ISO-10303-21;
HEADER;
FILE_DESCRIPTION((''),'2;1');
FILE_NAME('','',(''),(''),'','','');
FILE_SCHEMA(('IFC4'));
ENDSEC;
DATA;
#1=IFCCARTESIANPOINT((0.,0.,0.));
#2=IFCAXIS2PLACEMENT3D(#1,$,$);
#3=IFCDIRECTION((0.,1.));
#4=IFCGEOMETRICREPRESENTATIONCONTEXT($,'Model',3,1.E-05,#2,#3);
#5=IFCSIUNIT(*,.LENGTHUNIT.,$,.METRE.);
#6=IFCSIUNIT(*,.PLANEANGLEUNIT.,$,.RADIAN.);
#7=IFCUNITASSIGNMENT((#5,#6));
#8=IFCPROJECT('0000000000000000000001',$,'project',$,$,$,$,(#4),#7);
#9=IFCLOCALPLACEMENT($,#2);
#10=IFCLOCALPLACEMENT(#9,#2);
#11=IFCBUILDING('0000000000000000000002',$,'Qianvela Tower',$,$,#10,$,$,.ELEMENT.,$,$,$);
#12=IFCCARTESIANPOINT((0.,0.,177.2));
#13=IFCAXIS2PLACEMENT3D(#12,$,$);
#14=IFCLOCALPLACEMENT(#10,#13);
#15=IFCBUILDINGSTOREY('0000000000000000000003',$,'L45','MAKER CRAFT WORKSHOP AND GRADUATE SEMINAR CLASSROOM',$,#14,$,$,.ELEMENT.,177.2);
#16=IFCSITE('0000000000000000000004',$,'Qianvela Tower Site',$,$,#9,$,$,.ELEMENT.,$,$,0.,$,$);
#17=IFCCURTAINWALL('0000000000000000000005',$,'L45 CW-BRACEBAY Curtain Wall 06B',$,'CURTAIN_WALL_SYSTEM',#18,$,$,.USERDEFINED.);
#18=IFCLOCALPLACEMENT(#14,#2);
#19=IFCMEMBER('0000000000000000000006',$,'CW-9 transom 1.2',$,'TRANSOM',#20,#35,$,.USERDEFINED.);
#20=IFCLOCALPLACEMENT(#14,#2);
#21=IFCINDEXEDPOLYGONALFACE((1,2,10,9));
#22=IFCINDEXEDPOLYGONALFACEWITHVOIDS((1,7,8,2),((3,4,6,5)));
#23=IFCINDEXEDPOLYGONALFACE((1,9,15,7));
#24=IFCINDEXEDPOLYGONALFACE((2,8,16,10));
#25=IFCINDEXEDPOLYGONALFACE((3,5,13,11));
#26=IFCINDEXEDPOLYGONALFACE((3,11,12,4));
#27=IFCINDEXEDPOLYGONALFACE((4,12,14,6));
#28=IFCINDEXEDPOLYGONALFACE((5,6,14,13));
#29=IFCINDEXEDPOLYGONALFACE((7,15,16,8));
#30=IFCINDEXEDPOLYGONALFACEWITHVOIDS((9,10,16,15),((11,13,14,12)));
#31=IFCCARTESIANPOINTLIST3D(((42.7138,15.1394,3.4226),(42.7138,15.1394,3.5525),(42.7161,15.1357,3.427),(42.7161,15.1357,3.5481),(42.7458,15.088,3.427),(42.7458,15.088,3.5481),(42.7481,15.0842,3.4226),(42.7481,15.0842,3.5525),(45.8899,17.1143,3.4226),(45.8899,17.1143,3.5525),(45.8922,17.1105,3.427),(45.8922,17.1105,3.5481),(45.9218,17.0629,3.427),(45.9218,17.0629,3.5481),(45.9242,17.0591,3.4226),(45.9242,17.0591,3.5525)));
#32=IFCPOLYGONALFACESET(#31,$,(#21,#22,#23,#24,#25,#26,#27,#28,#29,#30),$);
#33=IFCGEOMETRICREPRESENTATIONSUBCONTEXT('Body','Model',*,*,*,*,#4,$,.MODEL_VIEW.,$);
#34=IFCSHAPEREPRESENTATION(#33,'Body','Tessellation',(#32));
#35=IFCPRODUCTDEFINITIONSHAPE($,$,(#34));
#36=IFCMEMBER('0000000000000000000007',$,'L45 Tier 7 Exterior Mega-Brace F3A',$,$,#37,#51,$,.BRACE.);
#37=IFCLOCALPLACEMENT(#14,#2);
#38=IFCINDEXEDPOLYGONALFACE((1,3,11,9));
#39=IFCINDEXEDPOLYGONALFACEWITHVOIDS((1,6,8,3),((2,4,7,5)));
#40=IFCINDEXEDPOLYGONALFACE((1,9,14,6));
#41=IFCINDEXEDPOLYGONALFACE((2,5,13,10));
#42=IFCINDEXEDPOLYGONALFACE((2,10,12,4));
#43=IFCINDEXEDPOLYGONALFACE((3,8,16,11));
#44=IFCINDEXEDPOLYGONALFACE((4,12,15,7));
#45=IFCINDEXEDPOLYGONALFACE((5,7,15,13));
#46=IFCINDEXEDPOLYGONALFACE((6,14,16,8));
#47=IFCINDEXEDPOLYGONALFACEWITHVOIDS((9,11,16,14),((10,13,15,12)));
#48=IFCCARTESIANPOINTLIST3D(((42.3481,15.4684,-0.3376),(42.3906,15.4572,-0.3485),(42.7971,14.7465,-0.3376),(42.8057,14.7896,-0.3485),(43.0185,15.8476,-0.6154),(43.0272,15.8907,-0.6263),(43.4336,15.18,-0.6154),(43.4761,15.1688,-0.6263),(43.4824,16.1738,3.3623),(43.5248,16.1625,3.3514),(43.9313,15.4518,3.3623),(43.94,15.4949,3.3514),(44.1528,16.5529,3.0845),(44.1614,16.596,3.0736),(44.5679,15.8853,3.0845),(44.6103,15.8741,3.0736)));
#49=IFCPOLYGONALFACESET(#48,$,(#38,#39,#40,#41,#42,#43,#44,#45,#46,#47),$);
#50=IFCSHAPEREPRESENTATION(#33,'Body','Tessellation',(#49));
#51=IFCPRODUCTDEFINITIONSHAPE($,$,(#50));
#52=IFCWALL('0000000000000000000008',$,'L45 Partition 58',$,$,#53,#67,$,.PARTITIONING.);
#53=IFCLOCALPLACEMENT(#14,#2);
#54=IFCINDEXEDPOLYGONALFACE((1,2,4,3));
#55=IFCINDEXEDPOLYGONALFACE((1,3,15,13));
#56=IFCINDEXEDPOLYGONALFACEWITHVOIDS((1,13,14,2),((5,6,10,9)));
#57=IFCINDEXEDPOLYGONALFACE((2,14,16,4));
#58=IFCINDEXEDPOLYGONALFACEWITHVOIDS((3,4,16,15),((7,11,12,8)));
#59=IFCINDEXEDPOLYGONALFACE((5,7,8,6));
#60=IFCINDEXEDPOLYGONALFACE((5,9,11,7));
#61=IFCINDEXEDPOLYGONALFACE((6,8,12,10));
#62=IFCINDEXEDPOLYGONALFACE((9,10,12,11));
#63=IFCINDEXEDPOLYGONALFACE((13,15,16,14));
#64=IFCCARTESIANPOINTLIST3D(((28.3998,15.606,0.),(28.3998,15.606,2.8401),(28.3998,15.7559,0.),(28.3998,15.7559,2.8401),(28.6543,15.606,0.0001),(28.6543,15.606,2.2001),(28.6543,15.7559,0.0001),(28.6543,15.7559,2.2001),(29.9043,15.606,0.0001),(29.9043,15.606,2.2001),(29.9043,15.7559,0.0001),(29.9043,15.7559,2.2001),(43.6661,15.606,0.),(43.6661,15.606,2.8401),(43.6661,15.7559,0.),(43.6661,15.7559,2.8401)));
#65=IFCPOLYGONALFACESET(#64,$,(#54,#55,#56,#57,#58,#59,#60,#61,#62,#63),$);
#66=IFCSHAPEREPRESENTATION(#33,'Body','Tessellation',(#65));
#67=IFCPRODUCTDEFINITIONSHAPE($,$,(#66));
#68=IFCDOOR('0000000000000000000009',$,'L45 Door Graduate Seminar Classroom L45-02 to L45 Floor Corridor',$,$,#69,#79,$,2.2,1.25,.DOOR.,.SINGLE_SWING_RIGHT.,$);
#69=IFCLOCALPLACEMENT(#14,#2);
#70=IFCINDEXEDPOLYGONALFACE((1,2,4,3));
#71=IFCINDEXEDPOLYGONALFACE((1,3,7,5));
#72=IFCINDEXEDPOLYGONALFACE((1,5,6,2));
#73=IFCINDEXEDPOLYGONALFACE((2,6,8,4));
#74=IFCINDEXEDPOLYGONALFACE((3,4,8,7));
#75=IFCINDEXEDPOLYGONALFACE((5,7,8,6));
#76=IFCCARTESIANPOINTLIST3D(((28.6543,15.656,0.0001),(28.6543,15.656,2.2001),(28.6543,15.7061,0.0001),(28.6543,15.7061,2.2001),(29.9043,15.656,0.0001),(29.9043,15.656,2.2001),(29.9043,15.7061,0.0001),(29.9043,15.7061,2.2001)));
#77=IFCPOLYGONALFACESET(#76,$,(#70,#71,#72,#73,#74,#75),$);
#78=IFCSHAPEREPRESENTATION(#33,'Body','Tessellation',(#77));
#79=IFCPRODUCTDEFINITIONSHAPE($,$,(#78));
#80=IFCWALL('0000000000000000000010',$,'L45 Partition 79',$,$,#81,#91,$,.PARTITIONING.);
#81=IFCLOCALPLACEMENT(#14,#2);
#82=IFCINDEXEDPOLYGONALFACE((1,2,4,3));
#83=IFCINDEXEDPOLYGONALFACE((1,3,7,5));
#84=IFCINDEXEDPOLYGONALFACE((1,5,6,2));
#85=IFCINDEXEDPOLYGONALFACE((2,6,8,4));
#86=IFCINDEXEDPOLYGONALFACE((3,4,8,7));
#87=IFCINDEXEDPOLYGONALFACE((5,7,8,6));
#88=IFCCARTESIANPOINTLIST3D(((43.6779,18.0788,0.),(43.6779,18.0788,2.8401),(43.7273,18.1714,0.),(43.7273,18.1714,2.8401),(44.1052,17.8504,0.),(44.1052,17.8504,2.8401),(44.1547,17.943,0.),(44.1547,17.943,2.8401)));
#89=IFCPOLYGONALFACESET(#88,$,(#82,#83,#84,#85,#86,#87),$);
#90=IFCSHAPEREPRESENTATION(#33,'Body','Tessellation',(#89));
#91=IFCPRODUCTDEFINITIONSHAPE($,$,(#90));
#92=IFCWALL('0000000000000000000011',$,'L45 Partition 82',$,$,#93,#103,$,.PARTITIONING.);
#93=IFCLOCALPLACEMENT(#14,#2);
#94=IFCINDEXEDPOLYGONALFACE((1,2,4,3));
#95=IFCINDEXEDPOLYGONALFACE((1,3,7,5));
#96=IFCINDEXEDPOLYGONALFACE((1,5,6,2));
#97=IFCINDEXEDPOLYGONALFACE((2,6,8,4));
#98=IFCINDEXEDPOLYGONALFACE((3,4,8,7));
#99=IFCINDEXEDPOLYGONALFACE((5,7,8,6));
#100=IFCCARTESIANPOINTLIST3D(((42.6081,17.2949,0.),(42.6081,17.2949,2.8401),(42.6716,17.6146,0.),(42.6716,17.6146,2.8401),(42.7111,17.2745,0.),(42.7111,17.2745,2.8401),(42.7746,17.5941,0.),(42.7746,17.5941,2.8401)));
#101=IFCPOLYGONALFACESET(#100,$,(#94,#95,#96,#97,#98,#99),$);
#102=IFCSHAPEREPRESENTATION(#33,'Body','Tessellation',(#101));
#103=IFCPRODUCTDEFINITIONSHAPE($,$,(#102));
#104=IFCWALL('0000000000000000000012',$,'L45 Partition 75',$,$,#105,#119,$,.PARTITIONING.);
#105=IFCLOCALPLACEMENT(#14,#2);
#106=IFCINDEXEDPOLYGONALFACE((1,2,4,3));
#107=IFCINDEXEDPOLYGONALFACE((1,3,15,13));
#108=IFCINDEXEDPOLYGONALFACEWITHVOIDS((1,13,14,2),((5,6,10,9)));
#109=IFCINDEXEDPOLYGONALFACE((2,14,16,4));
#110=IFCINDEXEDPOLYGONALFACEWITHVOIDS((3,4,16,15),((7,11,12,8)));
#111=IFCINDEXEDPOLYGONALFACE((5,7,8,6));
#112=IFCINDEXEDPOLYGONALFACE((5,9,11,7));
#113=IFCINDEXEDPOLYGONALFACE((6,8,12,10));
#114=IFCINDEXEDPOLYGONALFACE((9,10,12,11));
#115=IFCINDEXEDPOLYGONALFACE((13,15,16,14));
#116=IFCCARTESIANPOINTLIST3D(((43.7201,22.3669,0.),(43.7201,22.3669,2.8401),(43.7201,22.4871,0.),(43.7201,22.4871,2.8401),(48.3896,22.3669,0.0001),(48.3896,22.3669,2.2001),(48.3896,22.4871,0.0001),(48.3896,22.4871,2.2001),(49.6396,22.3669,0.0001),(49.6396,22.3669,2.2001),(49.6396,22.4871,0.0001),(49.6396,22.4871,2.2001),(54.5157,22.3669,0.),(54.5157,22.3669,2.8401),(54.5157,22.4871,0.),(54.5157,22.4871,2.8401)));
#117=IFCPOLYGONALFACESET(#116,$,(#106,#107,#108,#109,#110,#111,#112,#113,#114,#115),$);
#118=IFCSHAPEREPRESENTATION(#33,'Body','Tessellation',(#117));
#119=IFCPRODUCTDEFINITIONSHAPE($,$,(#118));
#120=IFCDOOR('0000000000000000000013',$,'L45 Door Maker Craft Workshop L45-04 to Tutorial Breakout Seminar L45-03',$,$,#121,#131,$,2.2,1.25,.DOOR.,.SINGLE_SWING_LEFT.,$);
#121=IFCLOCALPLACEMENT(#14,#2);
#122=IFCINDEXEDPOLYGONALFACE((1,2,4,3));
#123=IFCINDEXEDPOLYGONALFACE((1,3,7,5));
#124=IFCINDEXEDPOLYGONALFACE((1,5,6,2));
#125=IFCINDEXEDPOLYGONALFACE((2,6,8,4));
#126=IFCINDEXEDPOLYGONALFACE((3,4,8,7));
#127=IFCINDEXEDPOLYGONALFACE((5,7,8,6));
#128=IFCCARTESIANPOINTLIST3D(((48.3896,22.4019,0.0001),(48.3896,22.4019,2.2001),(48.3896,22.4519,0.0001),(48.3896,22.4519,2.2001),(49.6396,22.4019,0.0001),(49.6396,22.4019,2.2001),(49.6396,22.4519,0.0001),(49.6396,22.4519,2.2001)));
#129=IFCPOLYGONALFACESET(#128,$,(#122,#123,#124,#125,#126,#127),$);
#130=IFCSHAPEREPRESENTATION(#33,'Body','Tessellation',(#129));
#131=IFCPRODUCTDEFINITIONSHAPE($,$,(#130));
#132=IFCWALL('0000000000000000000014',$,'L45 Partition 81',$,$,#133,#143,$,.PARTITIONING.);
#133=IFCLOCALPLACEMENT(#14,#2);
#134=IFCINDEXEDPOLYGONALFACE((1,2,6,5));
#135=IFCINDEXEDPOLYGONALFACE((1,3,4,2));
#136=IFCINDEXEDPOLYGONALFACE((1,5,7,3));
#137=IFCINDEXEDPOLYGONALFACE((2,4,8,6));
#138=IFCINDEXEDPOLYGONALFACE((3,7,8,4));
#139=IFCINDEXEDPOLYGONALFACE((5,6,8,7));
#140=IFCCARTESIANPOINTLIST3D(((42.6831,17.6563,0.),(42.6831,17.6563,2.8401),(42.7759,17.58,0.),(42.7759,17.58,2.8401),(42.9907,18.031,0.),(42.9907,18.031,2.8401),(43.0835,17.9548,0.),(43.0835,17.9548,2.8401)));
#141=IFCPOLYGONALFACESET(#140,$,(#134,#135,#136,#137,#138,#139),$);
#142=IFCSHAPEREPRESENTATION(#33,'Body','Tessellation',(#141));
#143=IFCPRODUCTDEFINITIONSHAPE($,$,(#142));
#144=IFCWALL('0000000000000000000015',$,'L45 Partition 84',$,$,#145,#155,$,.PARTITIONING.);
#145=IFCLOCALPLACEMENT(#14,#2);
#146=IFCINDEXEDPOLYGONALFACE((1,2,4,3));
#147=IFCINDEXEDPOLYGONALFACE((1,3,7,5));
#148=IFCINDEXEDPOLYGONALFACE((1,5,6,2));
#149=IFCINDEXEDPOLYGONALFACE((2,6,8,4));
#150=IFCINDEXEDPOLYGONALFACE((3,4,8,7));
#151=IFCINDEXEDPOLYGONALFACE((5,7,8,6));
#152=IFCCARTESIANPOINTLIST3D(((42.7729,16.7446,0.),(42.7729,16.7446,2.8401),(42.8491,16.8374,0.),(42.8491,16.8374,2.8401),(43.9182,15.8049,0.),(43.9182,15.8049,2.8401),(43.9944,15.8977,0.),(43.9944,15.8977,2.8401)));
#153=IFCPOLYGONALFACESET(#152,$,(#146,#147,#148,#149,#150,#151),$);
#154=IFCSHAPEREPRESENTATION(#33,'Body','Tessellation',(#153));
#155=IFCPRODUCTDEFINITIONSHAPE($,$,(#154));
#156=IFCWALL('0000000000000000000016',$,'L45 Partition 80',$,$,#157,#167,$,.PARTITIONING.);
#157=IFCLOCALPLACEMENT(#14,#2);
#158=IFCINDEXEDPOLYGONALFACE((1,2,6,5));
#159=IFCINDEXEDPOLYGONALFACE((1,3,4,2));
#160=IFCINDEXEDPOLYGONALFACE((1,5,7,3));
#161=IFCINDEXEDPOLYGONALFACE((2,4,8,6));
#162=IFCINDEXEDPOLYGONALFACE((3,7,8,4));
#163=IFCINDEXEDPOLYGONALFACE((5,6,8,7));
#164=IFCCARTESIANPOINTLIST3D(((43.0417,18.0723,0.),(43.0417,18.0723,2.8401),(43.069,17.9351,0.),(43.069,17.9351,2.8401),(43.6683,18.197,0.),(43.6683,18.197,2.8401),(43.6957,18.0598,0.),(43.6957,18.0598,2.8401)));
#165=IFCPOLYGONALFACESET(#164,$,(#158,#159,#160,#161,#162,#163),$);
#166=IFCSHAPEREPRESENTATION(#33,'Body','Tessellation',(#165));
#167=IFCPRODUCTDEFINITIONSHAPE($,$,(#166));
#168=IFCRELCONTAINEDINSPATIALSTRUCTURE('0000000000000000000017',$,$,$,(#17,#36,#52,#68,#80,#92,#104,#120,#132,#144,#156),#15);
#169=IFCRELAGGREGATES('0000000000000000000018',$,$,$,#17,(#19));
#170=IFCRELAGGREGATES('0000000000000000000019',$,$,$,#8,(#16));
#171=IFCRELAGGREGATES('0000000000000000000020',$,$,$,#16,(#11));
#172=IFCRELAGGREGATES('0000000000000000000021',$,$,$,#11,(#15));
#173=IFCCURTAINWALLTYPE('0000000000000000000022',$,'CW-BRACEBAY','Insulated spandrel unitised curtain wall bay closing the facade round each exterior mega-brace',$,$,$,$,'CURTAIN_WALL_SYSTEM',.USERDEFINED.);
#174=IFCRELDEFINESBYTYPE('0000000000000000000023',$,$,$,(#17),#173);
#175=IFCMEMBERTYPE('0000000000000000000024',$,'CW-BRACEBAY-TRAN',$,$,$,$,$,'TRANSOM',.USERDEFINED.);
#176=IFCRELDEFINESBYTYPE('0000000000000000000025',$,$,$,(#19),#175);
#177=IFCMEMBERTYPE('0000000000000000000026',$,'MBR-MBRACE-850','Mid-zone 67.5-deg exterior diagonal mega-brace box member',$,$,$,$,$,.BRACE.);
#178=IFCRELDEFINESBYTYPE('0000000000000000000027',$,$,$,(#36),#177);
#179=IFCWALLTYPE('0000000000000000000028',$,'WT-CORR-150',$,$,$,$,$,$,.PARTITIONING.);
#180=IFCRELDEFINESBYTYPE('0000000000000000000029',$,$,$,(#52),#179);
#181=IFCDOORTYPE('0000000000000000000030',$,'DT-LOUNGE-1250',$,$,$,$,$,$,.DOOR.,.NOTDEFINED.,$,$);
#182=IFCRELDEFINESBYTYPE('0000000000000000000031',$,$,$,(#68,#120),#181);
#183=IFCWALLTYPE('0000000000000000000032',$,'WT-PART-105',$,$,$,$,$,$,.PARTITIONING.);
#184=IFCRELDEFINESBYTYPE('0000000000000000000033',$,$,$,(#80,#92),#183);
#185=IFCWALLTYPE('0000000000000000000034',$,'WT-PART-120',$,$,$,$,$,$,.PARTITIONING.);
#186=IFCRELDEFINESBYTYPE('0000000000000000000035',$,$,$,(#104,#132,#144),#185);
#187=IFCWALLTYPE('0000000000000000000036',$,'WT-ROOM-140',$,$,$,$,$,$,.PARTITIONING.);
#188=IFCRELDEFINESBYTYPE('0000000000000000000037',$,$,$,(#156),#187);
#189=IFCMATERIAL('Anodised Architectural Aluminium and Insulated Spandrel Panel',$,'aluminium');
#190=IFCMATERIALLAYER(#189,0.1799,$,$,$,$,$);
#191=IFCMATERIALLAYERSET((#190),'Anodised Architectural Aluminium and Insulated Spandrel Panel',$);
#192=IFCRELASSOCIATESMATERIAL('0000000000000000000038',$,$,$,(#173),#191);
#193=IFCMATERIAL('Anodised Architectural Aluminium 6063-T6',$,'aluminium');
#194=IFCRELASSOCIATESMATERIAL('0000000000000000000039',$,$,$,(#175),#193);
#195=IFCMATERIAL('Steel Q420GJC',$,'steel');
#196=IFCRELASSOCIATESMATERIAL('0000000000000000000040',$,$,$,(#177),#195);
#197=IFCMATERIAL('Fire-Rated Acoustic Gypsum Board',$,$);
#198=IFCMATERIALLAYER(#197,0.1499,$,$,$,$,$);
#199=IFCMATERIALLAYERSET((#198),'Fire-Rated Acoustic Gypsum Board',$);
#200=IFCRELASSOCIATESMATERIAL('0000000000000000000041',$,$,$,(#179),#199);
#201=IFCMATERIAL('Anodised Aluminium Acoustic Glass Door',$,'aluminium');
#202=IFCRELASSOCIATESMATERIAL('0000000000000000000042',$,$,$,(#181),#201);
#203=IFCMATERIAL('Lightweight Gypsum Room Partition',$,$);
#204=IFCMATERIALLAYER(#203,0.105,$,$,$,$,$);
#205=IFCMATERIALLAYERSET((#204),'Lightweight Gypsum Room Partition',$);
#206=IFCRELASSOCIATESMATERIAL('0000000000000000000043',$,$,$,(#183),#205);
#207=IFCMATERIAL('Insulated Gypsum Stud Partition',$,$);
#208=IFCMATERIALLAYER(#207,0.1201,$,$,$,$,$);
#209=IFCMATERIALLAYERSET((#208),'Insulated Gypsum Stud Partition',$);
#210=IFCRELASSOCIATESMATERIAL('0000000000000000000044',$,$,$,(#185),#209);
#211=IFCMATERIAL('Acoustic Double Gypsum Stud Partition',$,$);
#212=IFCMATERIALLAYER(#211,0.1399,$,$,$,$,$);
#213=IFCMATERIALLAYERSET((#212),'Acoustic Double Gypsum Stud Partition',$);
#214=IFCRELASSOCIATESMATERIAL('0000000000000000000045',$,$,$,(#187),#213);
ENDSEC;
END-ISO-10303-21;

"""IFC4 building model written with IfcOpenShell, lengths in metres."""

from ifc_helpers import new_model, si_unit, direction, frame, frame_2d, origin, origin_2d, place, context, subcontext, project, spatial, rectangle, hollow_rectangle, extrude, material, layer, layer_set, material_profile, profile_set, type_object, element, fill, aggregate, save


model = new_model("IFC4")

# Units and contexts
model_context = context("Model", 3, precision=1e-05, world=origin(), true_north=direction((0.0, 1.0)))
body_context = subcontext(model_context, "Body", "Model", "MODEL_VIEW")
ifc_project = project(units=[si_unit("LENGTHUNIT", "METRE"), si_unit("PLANEANGLEUNIT", "RADIAN")], contexts=[model_context])

# Site, building, storey
site_placement = place(None, origin())
site = spatial("IfcSite", under=ifc_project, at=site_placement, Name="Qianvela Tower Site", CompositionType="ELEMENT", RefElevation=0.0)
building_placement = place(site_placement, origin())
building = spatial("IfcBuilding", under=site, at=building_placement, Name="Qianvela Tower", CompositionType="ELEMENT")
storey_placement = place(building_placement, frame((0.0, 0.0, 177.2)))
storey = spatial("IfcBuildingStorey", under=building, at=storey_placement, Name="L45", Description="MAKER CRAFT WORKSHOP AND GRADUATE SEMINAR CLASSROOM", CompositionType="ELEMENT", Elevation=177.2)

# Curtain wall, member
ifc_material_1 = material(Name="Anodised Architectural Aluminium and Insulated Spandrel Panel", Category="aluminium")
ifc_layer_1 = layer(ifc_material_1, 0.1799)
ifc_layer_set_1 = layer_set([ifc_layer_1], Name="Anodised Architectural Aluminium and Insulated Spandrel Panel")
curtain_wall_type = type_object("IfcCurtainWallType", Name="CW-BRACEBAY", Description="Insulated spandrel unitised curtain wall bay closing the facade round each exterior mega-brace", ElementType="CURTAIN_WALL_SYSTEM", PredefinedType="USERDEFINED", material=ifc_layer_set_1)
curtain_wall_placement = place(storey_placement, origin())
curtain_wall = element("IfcCurtainWall", 1, at=curtain_wall_placement, inside=storey, type_object=curtain_wall_type, Name="L45 CW-BRACEBAY Curtain Wall 06B", ObjectType="CURTAIN_WALL_SYSTEM", PredefinedType="USERDEFINED")
ifc_material_2 = material(Name="Anodised Architectural Aluminium 6063-T6", Category="aluminium")
ifc_material_profile_1 = material_profile(ifc_material_2, hollow_rectangle(XDim=0.0649, YDim=0.1299, WallThickness=0.0044, at=origin_2d()), Name="ALU-TRAN-65x130")
ifc_profile_set_1 = profile_set([ifc_material_profile_1], Name="Anodised Architectural Aluminium 6063-T6")
member_type_1 = type_object("IfcMemberType", Name="CW-BRACEBAY-TRAN", ElementType="TRANSOM", PredefinedType="USERDEFINED", material=ifc_profile_set_1)
member_1_placement = place(storey_placement, frame((42.731, 15.1118, 3.4875), z_axis=(0.849217, 0.528044, 0.0), x_axis=(-0.528044, 0.849217, 0.0)))
member_1 = element("IfcMember", 2, at=member_1_placement, type_object=member_type_1, Name="CW-9 transom 1.2", ObjectType="TRANSOM", PredefinedType="USERDEFINED", context=body_context, shape_type="SweptSolid", body=[
    extrude(hollow_rectangle(XDim=0.0649, YDim=0.1299, WallThickness=0.0044, at=origin_2d()), origin(), (0.0, 0.0, 1.0), 3.74),
])
aggregate(curtain_wall, [member_1])

# Member
ifc_material_3 = material(Name="Steel Q420GJC", Category="steel")
ifc_material_profile_2 = material_profile(ifc_material_3, hollow_rectangle(XDim=0.8501, YDim=0.8501, WallThickness=0.032, at=origin_2d()), Name="MBOX-850x850x32")
ifc_profile_set_2 = profile_set([ifc_material_profile_2], Name="Steel Q420GJC")
member_type_2 = type_object("IfcMemberType", Name="MBR-MBRACE-850", Description="Mid-zone 67.5-deg exterior diagonal mega-brace box member", PredefinedType="BRACE", material=ifc_profile_set_2)
member_2_placement = place(storey_placement, frame((42.9121, 15.3186, -0.4819), z_axis=(0.288351, 0.179304, 0.940587), x_axis=(-0.528059, 0.849208, 0.0)))
element("IfcMember", 3, at=member_2_placement, inside=storey, type_object=member_type_2, Name="L45 Tier 7 Exterior Mega-Brace F3A", PredefinedType="BRACE", context=body_context, shape_type="SweptSolid", body=[
    extrude(hollow_rectangle(XDim=0.8501, YDim=0.8501, WallThickness=0.032, at=origin_2d()), origin(), (0.0, 0.0, 1.0), 3.9336),
])

# Wall, opening, door
ifc_material_4 = material(Name="Fire-Rated Acoustic Gypsum Board")
ifc_layer_2 = layer(ifc_material_4, 0.1499)
ifc_layer_set_2 = layer_set([ifc_layer_2], Name="Fire-Rated Acoustic Gypsum Board")
wall_type_1 = type_object("IfcWallType", Name="WT-CORR-150", PredefinedType="PARTITIONING", material=ifc_layer_set_2)
wall_1_placement = place(storey_placement, frame((43.6663, 15.6809, 0.0), z_axis=(0.0, 0.0, 1.0), x_axis=(-1.0, 0.0, 0.0)))
wall_1 = element("IfcWall", 4, at=wall_1_placement, inside=storey, type_object=wall_type_1, Name="L45 Partition 58", PredefinedType="PARTITIONING", context=body_context, shape_type="SweptSolid", body=[
    extrude(rectangle(XDim=15.2664, YDim=0.1499, at=frame_2d((7.6333, 0.0))), origin(), (0.0, 0.0, 1.0), 2.8401),
])
opening_1_placement = place(wall_1_placement, frame((13.762, 0.0, 0.0)))
opening_1 = element("IfcOpeningElement", 5, at=opening_1_placement, cuts=wall_1, PredefinedType="OPENING", context=body_context, shape_type="SweptSolid", body=[
    extrude(rectangle(XDim=1.25, YDim=2.2, at=frame_2d((0.625, 1.1001))), frame((0.0, 0.085, 0.0), z_axis=(0.0, -1.0, 0.0), x_axis=(1.0, 0.0, 0.0)), (0.0, 0.0, 1.0), 0.1699),
])
ifc_material_5 = material(Name="Anodised Aluminium Acoustic Glass Door", Category="aluminium")
door_type = type_object("IfcDoorType", Name="DT-LOUNGE-1250", OperationType="NOTDEFINED", PredefinedType="DOOR", material=ifc_material_5)
door_1_placement = place(opening_1_placement, origin())
door_1 = element("IfcDoor", 6, at=door_1_placement, inside=storey, type_object=door_type, Name="L45 Door Graduate Seminar Classroom L45-02 to L45 Floor Corridor", OperationType="SINGLE_SWING_RIGHT", OverallHeight=2.2, OverallWidth=1.25, PredefinedType="DOOR", context=body_context, shape_type="SweptSolid", body=[
    extrude(rectangle(XDim=1.25, YDim=2.2, at=frame_2d((0.625, 1.1001))), frame((0.0, 0.0249, 0.0), z_axis=(0.0, -1.0, 0.0), x_axis=(1.0, 0.0, 0.0)), (0.0, 0.0, 1.0), 0.05),
])
fill(opening_1, door_1)

# Walls
ifc_material_6 = material(Name="Lightweight Gypsum Room Partition")
ifc_layer_3 = layer(ifc_material_6, 0.105)
ifc_layer_set_3 = layer_set([ifc_layer_3], Name="Lightweight Gypsum Room Partition")
wall_type_2 = type_object("IfcWallType", Name="WT-PART-105", PredefinedType="PARTITIONING", material=ifc_layer_set_3)
wall_2_placement = place(storey_placement, frame((44.1299, 17.8967, 0.0), z_axis=(0.0, 0.0, 1.0), x_axis=(-0.881906, 0.471425, 0.0)))
element("IfcWall", 7, at=wall_2_placement, inside=storey, type_object=wall_type_2, Name="L45 Partition 79", PredefinedType="PARTITIONING", context=body_context, shape_type="SweptSolid", body=[
    extrude(rectangle(XDim=0.4846, YDim=0.105, at=frame_2d((0.2422, 0.0))), origin(), (0.0, 0.0, 1.0), 2.8401),
])
wall_3_placement = place(storey_placement, frame((42.7231, 17.6045, 0.0), z_axis=(0.0, 0.0, 1.0), x_axis=(-0.194819, -0.980839, 0.0)))
element("IfcWall", 8, at=wall_3_placement, inside=storey, type_object=wall_type_2, Name="L45 Partition 82", PredefinedType="PARTITIONING", context=body_context, shape_type="SweptSolid", body=[
    extrude(rectangle(XDim=0.3259, YDim=0.105, at=frame_2d((0.1631, 0.0))), origin(), (0.0, 0.0, 1.0), 2.8401),
])

# Wall, opening, door
ifc_material_7 = material(Name="Insulated Gypsum Stud Partition")
ifc_layer_4 = layer(ifc_material_7, 0.1201)
ifc_layer_set_4 = layer_set([ifc_layer_4], Name="Insulated Gypsum Stud Partition")
wall_type_3 = type_object("IfcWallType", Name="WT-PART-120", PredefinedType="PARTITIONING", material=ifc_layer_set_4)
wall_4_placement = place(storey_placement, frame((43.72, 22.427, 0.0), z_axis=(0.0, 0.0, 1.0), x_axis=(1.0, 0.0, 0.0)))
wall_4 = element("IfcWall", 9, at=wall_4_placement, inside=storey, type_object=wall_type_3, Name="L45 Partition 75", PredefinedType="PARTITIONING", context=body_context, shape_type="SweptSolid", body=[
    extrude(rectangle(XDim=10.7957, YDim=0.1201, at=frame_2d((5.3979, 0.0))), origin(), (0.0, 0.0, 1.0), 2.8401),
])
opening_2_placement = place(wall_4_placement, frame((4.6697, 0.0, 0.0)))
opening_2 = element("IfcOpeningElement", 10, at=opening_2_placement, cuts=wall_4, PredefinedType="OPENING", context=body_context, shape_type="SweptSolid", body=[
    extrude(rectangle(XDim=1.25, YDim=2.2, at=frame_2d((0.625, 1.1001))), frame((0.0, 0.0701, 0.0), z_axis=(0.0, -1.0, 0.0), x_axis=(1.0, 0.0, 0.0)), (0.0, 0.0, 1.0), 0.1401),
])
door_2_placement = place(opening_2_placement, origin())
door_2 = element("IfcDoor", 11, at=door_2_placement, inside=storey, type_object=door_type, Name="L45 Door Maker Craft Workshop L45-04 to Tutorial Breakout Seminar L45-03", OperationType="SINGLE_SWING_LEFT", OverallHeight=2.2, OverallWidth=1.25, PredefinedType="DOOR", context=body_context, shape_type="SweptSolid", body=[
    extrude(rectangle(XDim=1.25, YDim=2.2, at=frame_2d((0.625, 1.1001))), frame((0.0, 0.0249, 0.0), z_axis=(0.0, -1.0, 0.0), x_axis=(1.0, 0.0, 0.0)), (0.0, 0.0, 1.0), 0.05),
])
fill(opening_2, door_2)

# Walls
wall_5_placement = place(storey_placement, frame((43.0371, 17.9929, 0.0), z_axis=(0.0, 0.0, 1.0), x_axis=(-0.634471, -0.772947, 0.0)))
element("IfcWall", 12, at=wall_5_placement, inside=storey, type_object=wall_type_3, Name="L45 Partition 81", PredefinedType="PARTITIONING", context=body_context, shape_type="SweptSolid", body=[
    extrude(rectangle(XDim=0.4849, YDim=0.1201, at=frame_2d((0.2424, 0.0))), origin(), (0.0, 0.0, 1.0), 2.8401),
])
wall_6_placement = place(storey_placement, frame((42.811, 16.791, 0.0), z_axis=(0.0, 0.0, 1.0), x_axis=(0.773075, -0.634314, 0.0)))
element("IfcWall", 13, at=wall_6_placement, inside=storey, type_object=wall_type_3, Name="L45 Partition 84", PredefinedType="PARTITIONING", context=body_context, shape_type="SweptSolid", body=[
    extrude(rectangle(XDim=1.4814, YDim=0.1201, at=frame_2d((0.7407, 0.0))), origin(), (0.0, 0.0, 1.0), 2.8401),
])
ifc_material_8 = material(Name="Acoustic Double Gypsum Stud Partition")
ifc_layer_5 = layer(ifc_material_8, 0.1399)
ifc_layer_set_5 = layer_set([ifc_layer_5], Name="Acoustic Double Gypsum Stud Partition")
wall_type_4 = type_object("IfcWallType", Name="WT-ROOM-140", PredefinedType="PARTITIONING", material=ifc_layer_set_5)
wall_7_placement = place(storey_placement, frame((43.6819, 18.1284, 0.0), z_axis=(0.0, 0.0, 1.0), x_axis=(-0.980757, -0.195234, 0.0)))
element("IfcWall", 14, at=wall_7_placement, inside=storey, type_object=wall_type_4, Name="L45 Partition 80", PredefinedType="PARTITIONING", context=body_context, shape_type="SweptSolid", body=[
    extrude(rectangle(XDim=0.6389, YDim=0.1399, at=frame_2d((0.3193, 0.0))), origin(), (0.0, 0.0, 1.0), 2.8401),
])

save(model, "model.ifc")
